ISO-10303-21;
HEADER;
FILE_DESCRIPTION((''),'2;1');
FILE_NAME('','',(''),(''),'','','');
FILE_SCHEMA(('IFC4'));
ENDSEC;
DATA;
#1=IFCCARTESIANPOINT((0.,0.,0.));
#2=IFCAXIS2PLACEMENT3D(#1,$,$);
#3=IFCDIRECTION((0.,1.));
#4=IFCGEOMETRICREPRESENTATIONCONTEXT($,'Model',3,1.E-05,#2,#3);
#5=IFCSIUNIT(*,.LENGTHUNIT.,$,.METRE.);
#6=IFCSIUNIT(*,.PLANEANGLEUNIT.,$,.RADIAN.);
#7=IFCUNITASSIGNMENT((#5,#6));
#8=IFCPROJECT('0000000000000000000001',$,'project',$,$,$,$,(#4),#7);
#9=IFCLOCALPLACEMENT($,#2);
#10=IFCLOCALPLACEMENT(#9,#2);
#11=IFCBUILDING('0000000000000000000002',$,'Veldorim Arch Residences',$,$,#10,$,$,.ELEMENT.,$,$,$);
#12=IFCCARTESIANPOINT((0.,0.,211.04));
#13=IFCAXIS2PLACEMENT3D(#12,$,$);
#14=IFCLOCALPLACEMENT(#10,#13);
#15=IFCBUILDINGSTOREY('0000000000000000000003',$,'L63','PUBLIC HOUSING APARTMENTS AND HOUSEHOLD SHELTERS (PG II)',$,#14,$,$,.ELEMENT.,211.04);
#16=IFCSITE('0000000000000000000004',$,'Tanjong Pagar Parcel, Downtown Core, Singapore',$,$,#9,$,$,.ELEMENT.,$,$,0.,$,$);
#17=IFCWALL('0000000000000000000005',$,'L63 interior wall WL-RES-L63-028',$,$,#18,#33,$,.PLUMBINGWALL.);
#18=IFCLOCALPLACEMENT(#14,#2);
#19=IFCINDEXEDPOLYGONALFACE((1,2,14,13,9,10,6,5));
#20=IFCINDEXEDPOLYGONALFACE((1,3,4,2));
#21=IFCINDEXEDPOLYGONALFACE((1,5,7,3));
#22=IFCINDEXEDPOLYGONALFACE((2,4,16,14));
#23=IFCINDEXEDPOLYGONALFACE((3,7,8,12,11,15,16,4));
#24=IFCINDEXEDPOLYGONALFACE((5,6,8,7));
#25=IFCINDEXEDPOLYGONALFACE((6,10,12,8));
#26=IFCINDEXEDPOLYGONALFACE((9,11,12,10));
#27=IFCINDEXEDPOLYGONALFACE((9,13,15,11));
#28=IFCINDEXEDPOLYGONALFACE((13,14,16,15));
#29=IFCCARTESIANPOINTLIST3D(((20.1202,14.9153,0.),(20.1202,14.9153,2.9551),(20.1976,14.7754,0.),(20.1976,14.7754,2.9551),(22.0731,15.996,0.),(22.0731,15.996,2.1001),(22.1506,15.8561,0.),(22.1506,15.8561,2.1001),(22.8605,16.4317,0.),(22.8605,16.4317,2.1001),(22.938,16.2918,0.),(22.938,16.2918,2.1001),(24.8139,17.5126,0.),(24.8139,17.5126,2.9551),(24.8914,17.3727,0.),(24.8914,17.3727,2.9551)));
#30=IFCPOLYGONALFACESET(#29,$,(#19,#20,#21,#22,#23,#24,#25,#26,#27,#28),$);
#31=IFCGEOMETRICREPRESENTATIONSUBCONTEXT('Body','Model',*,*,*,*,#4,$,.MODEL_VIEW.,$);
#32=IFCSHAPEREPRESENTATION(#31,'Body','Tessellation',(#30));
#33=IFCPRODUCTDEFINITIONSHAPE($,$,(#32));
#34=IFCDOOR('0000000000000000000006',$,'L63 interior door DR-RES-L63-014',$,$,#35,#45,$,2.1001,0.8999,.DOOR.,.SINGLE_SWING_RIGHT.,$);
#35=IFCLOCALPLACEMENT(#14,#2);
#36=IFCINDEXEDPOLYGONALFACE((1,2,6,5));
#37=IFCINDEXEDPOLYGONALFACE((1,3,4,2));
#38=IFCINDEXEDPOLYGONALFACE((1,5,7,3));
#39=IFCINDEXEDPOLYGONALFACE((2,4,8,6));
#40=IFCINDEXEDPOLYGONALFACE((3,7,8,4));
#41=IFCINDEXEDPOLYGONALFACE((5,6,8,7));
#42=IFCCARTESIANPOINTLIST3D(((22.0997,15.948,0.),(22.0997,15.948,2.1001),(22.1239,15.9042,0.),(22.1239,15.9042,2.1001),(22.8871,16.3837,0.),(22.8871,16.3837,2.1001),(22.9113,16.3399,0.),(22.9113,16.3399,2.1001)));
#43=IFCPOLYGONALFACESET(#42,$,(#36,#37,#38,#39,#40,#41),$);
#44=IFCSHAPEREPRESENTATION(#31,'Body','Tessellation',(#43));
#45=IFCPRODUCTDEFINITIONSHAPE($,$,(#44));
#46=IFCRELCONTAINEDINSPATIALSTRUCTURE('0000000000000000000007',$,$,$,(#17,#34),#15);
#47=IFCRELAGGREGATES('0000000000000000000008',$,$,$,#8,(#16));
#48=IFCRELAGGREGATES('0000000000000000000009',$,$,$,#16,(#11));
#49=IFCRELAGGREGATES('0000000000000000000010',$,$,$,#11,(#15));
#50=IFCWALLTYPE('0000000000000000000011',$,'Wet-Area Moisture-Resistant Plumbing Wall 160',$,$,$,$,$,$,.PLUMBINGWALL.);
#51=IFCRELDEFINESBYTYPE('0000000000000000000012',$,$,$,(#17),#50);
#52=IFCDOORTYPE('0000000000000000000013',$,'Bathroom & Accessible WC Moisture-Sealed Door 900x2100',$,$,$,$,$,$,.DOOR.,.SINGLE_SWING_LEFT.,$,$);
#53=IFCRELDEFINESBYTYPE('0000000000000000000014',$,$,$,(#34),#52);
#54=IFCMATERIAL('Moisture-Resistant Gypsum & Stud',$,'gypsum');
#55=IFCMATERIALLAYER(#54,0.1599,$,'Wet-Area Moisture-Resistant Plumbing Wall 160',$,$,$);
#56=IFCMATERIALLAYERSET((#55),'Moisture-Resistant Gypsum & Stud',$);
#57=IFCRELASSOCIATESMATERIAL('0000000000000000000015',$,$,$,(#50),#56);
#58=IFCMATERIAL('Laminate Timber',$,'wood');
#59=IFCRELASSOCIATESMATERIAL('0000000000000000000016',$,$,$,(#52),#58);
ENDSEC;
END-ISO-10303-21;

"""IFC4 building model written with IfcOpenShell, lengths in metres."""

from ifc_helpers import new_model, si_unit, direction, frame, frame_2d, origin, place, context, subcontext, project, spatial, rectangle, extrude, material, layer, layer_set, type_object, element, fill, save


model = new_model("IFC4")

# Units and contexts
model_context = context("Model", 3, precision=1e-05, world=origin(), true_north=direction((0.0, 1.0)))
body_context = subcontext(model_context, "Body", "Model", "MODEL_VIEW")
ifc_project = project(units=[si_unit("LENGTHUNIT", "METRE"), si_unit("PLANEANGLEUNIT", "RADIAN")], contexts=[model_context])

# Site, building, storey
site_placement = place(None, origin())
site = spatial("IfcSite", under=ifc_project, at=site_placement, Name="Tanjong Pagar Parcel, Downtown Core, Singapore", CompositionType="ELEMENT", RefElevation=0.0)
building_placement = place(site_placement, origin())
building = spatial("IfcBuilding", under=site, at=building_placement, Name="Veldorim Arch Residences", CompositionType="ELEMENT")
storey_placement = place(building_placement, frame((0.0, 0.0, 211.04)))
storey = spatial("IfcBuildingStorey", under=building, at=storey_placement, Name="L63", Description="PUBLIC HOUSING APARTMENTS AND HOUSEHOLD SHELTERS (PG II)", CompositionType="ELEMENT", Elevation=211.04)

# Shared definitions
ifc_material_1 = material(Name="Moisture-Resistant Gypsum & Stud", Category="gypsum")
ifc_layer_1 = layer(ifc_material_1, 0.1599, Name="Wet-Area Moisture-Resistant Plumbing Wall 160")
ifc_layer_set_1 = layer_set([ifc_layer_1], Name="Moisture-Resistant Gypsum & Stud")
wall_type_1 = type_object("IfcWallType", Name="Wet-Area Moisture-Resistant Plumbing Wall 160", PredefinedType="PLUMBINGWALL", material=ifc_layer_set_1)

# Wall, opening, door
wall_1_placement = place(storey_placement, frame((24.8525, 17.4426, 0.0), z_axis=(0.0, 0.0, 1.0), x_axis=(-0.87497, -0.484178, 0.0)))
wall_1 = element("IfcWall", 1, at=wall_1_placement, inside=storey, type_object=wall_type_1, Name="L63 interior wall WL-RES-L63-028", PredefinedType="PLUMBINGWALL", context=body_context, shape_type="SweptSolid", body=[
    extrude(rectangle(XDim=5.3645, YDim=0.1599, at=frame_2d((2.6821, 0.0))), origin(), (0.0, 0.0, 1.0), 2.9551),
])
opening_1_placement = place(wall_1_placement, frame((2.2324, 0.0, 0.0)))
opening_1 = element("IfcOpeningElement", 2, at=opening_1_placement, cuts=wall_1, PredefinedType="OPENING", context=body_context, shape_type="SweptSolid", body=[
    extrude(rectangle(XDim=0.8999, YDim=2.1001, at=frame_2d((0.45, 1.05))), frame((0.0, 0.0898, 0.0), z_axis=(0.0, -1.0, 0.0), x_axis=(1.0, 0.0, 0.0)), (0.0, 0.0, 1.0), 0.1799),
])
ifc_material_2 = material(Name="Laminate Timber", Category="wood")
door_type_1 = type_object("IfcDoorType", Name="Bathroom & Accessible WC Moisture-Sealed Door 900x2100", OperationType="SINGLE_SWING_LEFT", PredefinedType="DOOR", material=ifc_material_2)
door_1_placement = place(opening_1_placement, origin())
door_1 = element("IfcDoor", 3, at=door_1_placement, inside=storey, type_object=door_type_1, Name="L63 interior door DR-RES-L63-014", OperationType="SINGLE_SWING_RIGHT", OverallHeight=2.1001, OverallWidth=0.8999, PredefinedType="DOOR", context=body_context, shape_type="SweptSolid", body=[
    extrude(rectangle(XDim=0.8999, YDim=2.1001, at=frame_2d((0.45, 1.05))), frame((0.0, 0.0249, 0.0), z_axis=(0.0, -1.0, 0.0), x_axis=(1.0, 0.0, 0.0)), (0.0, 0.0, 1.0), 0.05),
])
fill(opening_1, door_1)

save(model, "model.ifc")
